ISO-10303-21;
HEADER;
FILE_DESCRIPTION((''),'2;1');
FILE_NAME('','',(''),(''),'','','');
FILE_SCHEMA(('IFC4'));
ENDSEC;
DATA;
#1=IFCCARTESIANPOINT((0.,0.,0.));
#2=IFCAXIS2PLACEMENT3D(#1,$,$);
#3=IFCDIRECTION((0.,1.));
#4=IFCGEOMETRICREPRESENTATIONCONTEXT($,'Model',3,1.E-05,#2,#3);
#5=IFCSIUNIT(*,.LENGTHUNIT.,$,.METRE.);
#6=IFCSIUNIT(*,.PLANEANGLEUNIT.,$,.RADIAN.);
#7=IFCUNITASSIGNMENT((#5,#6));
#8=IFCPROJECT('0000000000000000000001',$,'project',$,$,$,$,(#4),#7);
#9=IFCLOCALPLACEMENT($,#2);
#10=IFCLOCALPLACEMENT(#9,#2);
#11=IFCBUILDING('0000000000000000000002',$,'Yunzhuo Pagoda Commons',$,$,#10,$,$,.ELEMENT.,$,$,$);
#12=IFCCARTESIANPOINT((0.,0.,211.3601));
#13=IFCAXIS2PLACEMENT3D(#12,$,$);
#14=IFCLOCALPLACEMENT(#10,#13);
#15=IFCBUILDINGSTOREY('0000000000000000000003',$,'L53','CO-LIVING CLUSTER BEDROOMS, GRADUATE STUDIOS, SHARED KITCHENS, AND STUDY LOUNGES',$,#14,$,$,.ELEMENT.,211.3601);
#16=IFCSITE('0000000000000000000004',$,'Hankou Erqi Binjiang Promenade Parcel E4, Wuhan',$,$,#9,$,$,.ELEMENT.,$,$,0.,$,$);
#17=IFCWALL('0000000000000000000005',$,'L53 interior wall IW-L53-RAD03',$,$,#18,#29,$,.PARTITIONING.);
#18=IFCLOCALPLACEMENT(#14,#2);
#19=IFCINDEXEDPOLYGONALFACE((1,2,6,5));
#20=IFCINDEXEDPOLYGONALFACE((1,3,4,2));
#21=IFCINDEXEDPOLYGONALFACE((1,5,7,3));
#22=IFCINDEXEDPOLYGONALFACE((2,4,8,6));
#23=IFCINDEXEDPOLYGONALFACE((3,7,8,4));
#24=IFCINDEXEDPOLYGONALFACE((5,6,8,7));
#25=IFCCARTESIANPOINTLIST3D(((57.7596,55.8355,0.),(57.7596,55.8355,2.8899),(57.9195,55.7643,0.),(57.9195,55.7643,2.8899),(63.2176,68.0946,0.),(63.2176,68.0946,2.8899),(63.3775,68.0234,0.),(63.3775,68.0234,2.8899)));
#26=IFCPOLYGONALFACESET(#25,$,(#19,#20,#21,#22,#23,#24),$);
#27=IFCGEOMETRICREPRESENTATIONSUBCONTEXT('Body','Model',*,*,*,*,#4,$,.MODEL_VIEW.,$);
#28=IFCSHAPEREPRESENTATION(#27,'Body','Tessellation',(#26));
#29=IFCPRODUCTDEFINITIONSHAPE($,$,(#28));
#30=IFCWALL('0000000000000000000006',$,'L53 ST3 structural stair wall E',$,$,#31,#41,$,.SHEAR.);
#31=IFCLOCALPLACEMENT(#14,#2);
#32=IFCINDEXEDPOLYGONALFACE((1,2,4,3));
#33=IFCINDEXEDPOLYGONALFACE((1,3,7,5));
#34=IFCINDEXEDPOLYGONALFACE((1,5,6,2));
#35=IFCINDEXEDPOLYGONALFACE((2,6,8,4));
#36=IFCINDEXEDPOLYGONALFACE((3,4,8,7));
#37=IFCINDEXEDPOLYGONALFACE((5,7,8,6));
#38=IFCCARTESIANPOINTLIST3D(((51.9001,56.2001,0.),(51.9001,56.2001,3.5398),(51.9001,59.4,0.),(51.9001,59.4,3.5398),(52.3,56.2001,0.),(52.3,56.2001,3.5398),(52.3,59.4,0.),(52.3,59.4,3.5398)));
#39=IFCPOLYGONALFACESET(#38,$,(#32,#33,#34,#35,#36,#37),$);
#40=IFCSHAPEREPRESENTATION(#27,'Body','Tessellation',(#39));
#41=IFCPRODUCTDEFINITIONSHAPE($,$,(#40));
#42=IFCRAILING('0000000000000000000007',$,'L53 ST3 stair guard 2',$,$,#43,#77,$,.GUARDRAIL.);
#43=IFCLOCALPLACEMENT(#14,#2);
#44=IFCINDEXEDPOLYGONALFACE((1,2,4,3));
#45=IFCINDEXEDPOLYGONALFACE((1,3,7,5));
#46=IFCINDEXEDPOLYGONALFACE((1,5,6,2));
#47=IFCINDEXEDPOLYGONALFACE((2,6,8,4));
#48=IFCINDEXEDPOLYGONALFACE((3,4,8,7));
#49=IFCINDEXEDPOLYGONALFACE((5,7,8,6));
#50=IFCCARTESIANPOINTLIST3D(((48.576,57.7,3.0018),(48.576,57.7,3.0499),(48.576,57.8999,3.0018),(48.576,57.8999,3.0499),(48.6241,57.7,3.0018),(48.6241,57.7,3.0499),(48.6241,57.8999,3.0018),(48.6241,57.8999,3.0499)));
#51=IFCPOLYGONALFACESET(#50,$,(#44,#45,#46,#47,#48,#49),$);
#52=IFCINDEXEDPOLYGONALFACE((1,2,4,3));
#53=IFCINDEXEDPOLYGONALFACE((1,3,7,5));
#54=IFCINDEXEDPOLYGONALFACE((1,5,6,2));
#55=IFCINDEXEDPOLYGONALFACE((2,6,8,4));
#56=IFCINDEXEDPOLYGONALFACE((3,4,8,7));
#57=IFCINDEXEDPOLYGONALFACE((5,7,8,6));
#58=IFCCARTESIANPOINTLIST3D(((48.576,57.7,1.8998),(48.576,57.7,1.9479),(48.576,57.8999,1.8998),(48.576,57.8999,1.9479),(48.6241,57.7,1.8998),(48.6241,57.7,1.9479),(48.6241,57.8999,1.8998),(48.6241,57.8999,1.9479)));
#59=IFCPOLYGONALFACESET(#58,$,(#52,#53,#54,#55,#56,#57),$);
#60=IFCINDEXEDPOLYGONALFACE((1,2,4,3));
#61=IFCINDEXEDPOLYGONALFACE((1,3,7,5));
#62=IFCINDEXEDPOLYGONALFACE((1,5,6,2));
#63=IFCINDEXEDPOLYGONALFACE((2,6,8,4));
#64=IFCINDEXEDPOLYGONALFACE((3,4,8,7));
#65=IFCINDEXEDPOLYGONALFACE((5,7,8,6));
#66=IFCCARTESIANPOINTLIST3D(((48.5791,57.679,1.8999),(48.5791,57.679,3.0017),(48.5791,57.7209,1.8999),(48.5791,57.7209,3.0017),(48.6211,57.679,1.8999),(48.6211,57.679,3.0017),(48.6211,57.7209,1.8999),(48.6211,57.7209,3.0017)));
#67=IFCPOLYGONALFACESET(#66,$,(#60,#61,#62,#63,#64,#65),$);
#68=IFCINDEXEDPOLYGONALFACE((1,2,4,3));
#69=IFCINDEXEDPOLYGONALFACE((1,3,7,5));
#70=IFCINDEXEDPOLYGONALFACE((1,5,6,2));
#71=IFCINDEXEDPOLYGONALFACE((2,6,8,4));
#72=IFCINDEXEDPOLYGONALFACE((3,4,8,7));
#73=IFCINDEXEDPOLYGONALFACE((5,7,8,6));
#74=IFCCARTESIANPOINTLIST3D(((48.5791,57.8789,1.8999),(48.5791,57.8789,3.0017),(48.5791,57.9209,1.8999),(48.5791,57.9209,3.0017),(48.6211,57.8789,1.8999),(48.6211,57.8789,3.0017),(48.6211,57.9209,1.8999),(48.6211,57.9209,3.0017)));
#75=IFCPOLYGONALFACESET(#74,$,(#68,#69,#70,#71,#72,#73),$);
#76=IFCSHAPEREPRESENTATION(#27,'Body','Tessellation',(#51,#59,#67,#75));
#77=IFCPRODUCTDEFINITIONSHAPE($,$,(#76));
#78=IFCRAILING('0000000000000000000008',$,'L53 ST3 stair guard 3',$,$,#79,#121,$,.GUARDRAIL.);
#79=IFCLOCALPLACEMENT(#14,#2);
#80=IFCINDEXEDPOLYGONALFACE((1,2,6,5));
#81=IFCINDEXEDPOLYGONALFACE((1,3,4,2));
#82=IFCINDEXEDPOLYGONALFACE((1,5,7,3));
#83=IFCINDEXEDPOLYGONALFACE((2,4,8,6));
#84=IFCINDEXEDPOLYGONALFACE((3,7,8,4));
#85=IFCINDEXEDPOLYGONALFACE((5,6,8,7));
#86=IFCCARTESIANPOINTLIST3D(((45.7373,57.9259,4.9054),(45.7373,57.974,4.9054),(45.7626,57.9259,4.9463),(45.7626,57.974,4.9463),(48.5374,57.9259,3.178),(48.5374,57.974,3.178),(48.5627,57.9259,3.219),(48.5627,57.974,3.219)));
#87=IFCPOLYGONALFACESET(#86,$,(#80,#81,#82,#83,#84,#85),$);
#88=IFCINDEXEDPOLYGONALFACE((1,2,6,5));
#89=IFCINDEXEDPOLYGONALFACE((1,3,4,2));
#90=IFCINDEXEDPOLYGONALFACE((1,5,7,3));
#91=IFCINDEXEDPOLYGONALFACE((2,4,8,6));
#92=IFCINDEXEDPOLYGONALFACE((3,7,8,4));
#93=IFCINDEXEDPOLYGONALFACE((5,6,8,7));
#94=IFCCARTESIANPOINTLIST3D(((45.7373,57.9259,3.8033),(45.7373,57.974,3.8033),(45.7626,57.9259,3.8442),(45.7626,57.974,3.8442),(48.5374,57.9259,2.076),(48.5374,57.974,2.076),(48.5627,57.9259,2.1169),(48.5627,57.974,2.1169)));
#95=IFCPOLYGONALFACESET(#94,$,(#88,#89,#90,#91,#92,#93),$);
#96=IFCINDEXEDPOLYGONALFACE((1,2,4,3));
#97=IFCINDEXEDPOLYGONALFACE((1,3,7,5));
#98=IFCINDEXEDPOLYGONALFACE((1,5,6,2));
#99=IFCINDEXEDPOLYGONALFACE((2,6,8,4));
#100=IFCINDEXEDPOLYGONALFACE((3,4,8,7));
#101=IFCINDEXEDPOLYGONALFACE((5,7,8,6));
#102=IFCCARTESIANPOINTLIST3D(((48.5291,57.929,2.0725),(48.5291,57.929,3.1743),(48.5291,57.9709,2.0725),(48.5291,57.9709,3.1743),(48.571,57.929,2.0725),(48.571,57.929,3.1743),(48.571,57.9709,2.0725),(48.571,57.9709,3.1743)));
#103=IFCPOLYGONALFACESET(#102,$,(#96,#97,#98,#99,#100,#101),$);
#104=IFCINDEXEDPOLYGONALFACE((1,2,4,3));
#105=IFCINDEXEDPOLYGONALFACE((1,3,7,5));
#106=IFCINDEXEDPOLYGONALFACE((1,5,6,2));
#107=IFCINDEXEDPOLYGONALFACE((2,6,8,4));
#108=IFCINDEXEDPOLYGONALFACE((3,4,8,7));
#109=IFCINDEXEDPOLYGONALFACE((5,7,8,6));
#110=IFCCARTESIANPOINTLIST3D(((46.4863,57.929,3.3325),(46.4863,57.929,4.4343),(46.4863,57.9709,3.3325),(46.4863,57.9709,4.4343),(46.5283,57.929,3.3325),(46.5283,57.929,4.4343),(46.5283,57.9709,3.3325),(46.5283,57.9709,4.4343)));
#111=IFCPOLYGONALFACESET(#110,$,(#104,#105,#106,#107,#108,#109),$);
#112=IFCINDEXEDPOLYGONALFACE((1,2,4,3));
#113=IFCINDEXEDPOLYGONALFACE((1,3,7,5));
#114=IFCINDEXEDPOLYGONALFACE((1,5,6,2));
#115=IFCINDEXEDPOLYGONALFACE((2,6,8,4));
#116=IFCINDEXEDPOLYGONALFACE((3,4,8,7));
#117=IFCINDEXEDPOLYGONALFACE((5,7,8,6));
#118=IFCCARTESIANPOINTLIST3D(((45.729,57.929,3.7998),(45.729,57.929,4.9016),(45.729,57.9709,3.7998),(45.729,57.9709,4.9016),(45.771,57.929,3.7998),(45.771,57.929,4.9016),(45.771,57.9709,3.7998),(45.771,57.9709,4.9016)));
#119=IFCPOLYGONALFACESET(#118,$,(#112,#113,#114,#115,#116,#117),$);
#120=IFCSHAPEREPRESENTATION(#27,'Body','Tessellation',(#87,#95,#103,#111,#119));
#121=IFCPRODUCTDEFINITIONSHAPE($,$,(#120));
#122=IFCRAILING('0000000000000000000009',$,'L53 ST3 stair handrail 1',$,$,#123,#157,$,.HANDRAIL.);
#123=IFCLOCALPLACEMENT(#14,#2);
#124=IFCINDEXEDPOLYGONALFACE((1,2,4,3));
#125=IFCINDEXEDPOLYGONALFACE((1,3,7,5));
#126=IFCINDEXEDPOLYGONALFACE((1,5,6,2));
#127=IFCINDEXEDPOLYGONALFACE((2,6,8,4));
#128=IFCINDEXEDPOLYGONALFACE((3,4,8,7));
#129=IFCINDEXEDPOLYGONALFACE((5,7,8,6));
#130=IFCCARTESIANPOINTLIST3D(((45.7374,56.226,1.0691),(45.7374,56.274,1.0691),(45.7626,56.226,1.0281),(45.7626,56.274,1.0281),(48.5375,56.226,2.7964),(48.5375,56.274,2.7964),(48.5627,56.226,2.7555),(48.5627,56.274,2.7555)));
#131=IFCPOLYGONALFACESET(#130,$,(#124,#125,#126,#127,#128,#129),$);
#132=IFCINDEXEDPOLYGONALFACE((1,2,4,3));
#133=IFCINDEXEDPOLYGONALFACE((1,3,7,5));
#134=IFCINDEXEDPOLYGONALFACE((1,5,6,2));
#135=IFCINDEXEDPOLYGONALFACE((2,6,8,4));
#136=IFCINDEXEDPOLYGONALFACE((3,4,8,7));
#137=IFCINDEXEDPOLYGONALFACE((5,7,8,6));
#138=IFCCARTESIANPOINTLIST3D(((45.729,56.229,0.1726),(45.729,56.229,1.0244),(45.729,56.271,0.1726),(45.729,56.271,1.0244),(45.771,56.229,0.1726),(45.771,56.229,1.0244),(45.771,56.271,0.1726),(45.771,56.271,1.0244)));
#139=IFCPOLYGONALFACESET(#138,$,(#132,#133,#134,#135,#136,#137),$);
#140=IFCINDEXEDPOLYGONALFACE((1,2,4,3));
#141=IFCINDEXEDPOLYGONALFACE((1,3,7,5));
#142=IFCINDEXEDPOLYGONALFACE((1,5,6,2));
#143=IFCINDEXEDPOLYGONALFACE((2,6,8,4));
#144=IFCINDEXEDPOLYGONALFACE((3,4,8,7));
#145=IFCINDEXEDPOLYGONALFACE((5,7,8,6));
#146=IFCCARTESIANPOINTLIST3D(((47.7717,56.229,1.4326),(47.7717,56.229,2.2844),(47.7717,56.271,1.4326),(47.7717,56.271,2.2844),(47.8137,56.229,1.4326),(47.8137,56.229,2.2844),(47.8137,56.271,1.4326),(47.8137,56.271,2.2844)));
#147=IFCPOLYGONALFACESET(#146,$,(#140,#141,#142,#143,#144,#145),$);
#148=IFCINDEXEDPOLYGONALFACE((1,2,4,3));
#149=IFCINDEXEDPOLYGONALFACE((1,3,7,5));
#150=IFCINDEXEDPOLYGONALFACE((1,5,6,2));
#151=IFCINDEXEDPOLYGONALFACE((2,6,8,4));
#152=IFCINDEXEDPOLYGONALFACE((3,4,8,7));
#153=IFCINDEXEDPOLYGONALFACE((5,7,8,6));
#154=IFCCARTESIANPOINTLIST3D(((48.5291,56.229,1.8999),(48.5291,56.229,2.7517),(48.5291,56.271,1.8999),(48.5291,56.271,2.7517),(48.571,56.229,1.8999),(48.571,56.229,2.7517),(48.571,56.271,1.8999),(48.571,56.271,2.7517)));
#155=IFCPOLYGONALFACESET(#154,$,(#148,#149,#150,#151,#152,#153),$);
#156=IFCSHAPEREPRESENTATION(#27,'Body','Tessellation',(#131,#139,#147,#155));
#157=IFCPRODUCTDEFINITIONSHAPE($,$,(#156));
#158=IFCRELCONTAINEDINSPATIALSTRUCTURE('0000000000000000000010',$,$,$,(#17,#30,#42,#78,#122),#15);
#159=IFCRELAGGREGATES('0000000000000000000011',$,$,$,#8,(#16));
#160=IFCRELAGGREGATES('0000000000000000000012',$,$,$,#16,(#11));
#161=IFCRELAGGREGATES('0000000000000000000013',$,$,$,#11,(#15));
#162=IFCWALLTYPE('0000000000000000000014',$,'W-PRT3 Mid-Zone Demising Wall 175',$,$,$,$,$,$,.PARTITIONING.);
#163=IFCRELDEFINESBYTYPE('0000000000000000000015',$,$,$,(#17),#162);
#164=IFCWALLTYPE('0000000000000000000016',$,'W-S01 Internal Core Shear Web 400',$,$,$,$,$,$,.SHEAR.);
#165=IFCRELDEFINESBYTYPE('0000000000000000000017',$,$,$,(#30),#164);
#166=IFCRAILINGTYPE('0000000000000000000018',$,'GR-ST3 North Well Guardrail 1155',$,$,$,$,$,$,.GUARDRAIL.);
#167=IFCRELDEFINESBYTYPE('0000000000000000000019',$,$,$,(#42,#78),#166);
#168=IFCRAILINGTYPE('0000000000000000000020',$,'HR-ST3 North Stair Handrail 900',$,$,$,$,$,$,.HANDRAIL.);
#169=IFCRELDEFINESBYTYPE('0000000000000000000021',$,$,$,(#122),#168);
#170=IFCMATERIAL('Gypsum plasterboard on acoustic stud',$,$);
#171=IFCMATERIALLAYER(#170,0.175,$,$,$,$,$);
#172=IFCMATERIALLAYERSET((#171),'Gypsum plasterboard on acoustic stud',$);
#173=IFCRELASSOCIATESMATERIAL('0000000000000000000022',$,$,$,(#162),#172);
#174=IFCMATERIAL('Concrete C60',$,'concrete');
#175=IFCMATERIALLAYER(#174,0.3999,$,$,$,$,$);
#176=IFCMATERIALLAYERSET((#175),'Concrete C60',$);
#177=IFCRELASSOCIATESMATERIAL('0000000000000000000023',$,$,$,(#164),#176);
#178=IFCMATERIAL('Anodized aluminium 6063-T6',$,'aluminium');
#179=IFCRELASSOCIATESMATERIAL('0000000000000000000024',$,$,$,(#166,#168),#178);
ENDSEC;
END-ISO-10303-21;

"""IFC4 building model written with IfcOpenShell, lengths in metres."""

from ifc_helpers import new_model, si_unit, direction, frame, frame_2d, origin, origin_2d, place, context, subcontext, project, spatial, rectangle, extrude, material, layer, layer_set, type_object, element, save


model = new_model("IFC4")

# Units and contexts
model_context = context("Model", 3, precision=1e-05, world=origin(), true_north=direction((0.0, 1.0)))
body_context = subcontext(model_context, "Body", "Model", "MODEL_VIEW")
ifc_project = project(units=[si_unit("LENGTHUNIT", "METRE"), si_unit("PLANEANGLEUNIT", "RADIAN")], contexts=[model_context])

# Site, building, storey
site_placement = place(None, origin())
site = spatial("IfcSite", under=ifc_project, at=site_placement, Name="Hankou Erqi Binjiang Promenade Parcel E4, Wuhan", CompositionType="ELEMENT", RefElevation=0.0)
building_placement = place(site_placement, origin())
building = spatial("IfcBuilding", under=site, at=building_placement, Name="Yunzhuo Pagoda Commons", CompositionType="ELEMENT")
storey_placement = place(building_placement, frame((0.0, 0.0, 211.3601)))
storey = spatial("IfcBuildingStorey", under=building, at=storey_placement, Name="L53", Description="CO-LIVING CLUSTER BEDROOMS, GRADUATE STUDIOS, SHARED KITCHENS, AND STUDY LOUNGES", CompositionType="ELEMENT", Elevation=211.3601)

# Shared definitions
ifc_material_1 = material(Name="Anodized aluminium 6063-T6", Category="aluminium")

# Shared definitions
ifc_material_2 = material(Name="Gypsum plasterboard on acoustic stud")

# Walls
ifc_layer_1 = layer(ifc_material_2, 0.175)
ifc_layer_set_1 = layer_set([ifc_layer_1], Name="Gypsum plasterboard on acoustic stud")
wall_type_1 = type_object("IfcWallType", Name="W-PRT3 Mid-Zone Demising Wall 175", PredefinedType="PARTITIONING", material=ifc_layer_set_1)
wall_1_placement = place(storey_placement, frame((57.8396, 55.8, 0.0), z_axis=(0.0, 0.0, 1.0), x_axis=(0.406733, 0.913547, 0.0)))
element("IfcWall", 1, at=wall_1_placement, inside=storey, type_object=wall_type_1, Name="L53 interior wall IW-L53-RAD03", PredefinedType="PARTITIONING", context=body_context, shape_type="SweptSolid", body=[
    extrude(rectangle(XDim=13.4192, YDim=0.175, at=frame_2d((6.7095, 0.0))), origin(), (0.0, 0.0, 1.0), 2.8899),
])
ifc_material_3 = material(Name="Concrete C60", Category="concrete")
ifc_layer_2 = layer(ifc_material_3, 0.3999)
ifc_layer_set_2 = layer_set([ifc_layer_2], Name="Concrete C60")
wall_type_2 = type_object("IfcWallType", Name="W-S01 Internal Core Shear Web 400", PredefinedType="SHEAR", material=ifc_layer_set_2)
wall_2_placement = place(storey_placement, frame((52.1001, 56.2, 0.0), z_axis=(0.0, 0.0, 1.0), x_axis=(0.0, 1.0, 0.0)))
element("IfcWall", 2, at=wall_2_placement, inside=storey, type_object=wall_type_2, Name="L53 ST3 structural stair wall E", PredefinedType="SHEAR", context=body_context, shape_type="SweptSolid", body=[
    extrude(rectangle(XDim=3.2, YDim=0.3999, at=frame_2d((1.6001, 0.0))), origin(), (0.0, 0.0, 1.0), 3.5398),
])

# Railings
railing_type_1 = type_object("IfcRailingType", Name="GR-ST3 North Well Guardrail 1155", PredefinedType="GUARDRAIL", material=ifc_material_1)
railing_1_placement = place(storey_placement, frame((48.6001, 57.7, 1.8999)))
element("IfcRailing", 3, at=railing_1_placement, inside=storey, type_object=railing_type_1, Name="L53 ST3 stair guard 2", PredefinedType="GUARDRAIL", context=body_context, shape_type="SweptSolid", body=[
    extrude(rectangle(XDim=0.0481, YDim=0.0481, at=origin_2d()), frame((0.0, 0.0, 1.126), z_axis=(0.0, 1.0, 0.0), x_axis=(-1.0, 0.0, 0.0)), (0.0, 0.0, 1.0), 0.2),
    extrude(rectangle(XDim=0.0481, YDim=0.0481, at=origin_2d()), frame((0.0, 0.0, 0.0239), z_axis=(0.0, 1.0, 0.0), x_axis=(-1.0, 0.0, 0.0)), (0.0, 0.0, 1.0), 0.2),
    extrude(rectangle(XDim=0.042, YDim=0.042, at=origin_2d()), origin(), (0.0, 0.0, 1.0), 1.1018),
    extrude(rectangle(XDim=0.042, YDim=0.042, at=origin_2d()), frame((0.0, 0.2, 0.0)), (0.0, 0.0, 1.0), 1.1018),
])
railing_2_placement = place(storey_placement, frame((48.55, 57.95, 2.0725)))
element("IfcRailing", 4, at=railing_2_placement, inside=storey, type_object=railing_type_1, Name="L53 ST3 stair guard 3", PredefinedType="GUARDRAIL", context=body_context, shape_type="SweptSolid", body=[
    extrude(rectangle(XDim=0.0481, YDim=0.0481, at=origin_2d()), frame((0.0, 0.0, 1.126), z_axis=(-0.85109, 0.0, 0.52502), x_axis=(0.0, -1.0, 0.0)), (0.0, 0.0, 1.0), 3.29),
    extrude(rectangle(XDim=0.0481, YDim=0.0481, at=origin_2d()), frame((0.0, 0.0, 0.0239), z_axis=(-0.85109, 0.0, 0.52502), x_axis=(0.0, -1.0, 0.0)), (0.0, 0.0, 1.0), 3.29),
    extrude(rectangle(XDim=0.042, YDim=0.042, at=origin_2d()), origin(), (0.0, 0.0, 1.0), 1.1018),
    extrude(rectangle(XDim=0.042, YDim=0.042, at=origin_2d()), frame((-2.0427, 0.0, 1.26)), (0.0, 0.0, 1.0), 1.1018),
    extrude(rectangle(XDim=0.042, YDim=0.042, at=origin_2d()), frame((-2.8, 0.0, 1.7273)), (0.0, 0.0, 1.0), 1.1018),
])
railing_type_2 = type_object("IfcRailingType", Name="HR-ST3 North Stair Handrail 900", PredefinedType="HANDRAIL", material=ifc_material_1)
railing_3_placement = place(storey_placement, frame((45.75, 56.25, 0.1726)))
element("IfcRailing", 5, at=railing_3_placement, inside=storey, type_object=railing_type_2, Name="L53 ST3 stair handrail 1", PredefinedType="HANDRAIL", context=body_context, shape_type="SweptSolid", body=[
    extrude(rectangle(XDim=0.0481, YDim=0.0481, at=origin_2d()), frame((0.0, 0.0, 0.876), z_axis=(0.85109, 0.0, 0.52502), x_axis=(0.0, 1.0, 0.0)), (0.0, 0.0, 1.0), 3.29),
    extrude(rectangle(XDim=0.042, YDim=0.042, at=origin_2d()), origin(), (0.0, 0.0, 1.0), 0.8518),
    extrude(rectangle(XDim=0.042, YDim=0.042, at=origin_2d()), frame((2.0427, 0.0, 1.26)), (0.0, 0.0, 1.0), 0.8518),
    extrude(rectangle(XDim=0.042, YDim=0.042, at=origin_2d()), frame((2.8, 0.0, 1.7273)), (0.0, 0.0, 1.0), 0.8518),
])

save(model, "model.ifc")
